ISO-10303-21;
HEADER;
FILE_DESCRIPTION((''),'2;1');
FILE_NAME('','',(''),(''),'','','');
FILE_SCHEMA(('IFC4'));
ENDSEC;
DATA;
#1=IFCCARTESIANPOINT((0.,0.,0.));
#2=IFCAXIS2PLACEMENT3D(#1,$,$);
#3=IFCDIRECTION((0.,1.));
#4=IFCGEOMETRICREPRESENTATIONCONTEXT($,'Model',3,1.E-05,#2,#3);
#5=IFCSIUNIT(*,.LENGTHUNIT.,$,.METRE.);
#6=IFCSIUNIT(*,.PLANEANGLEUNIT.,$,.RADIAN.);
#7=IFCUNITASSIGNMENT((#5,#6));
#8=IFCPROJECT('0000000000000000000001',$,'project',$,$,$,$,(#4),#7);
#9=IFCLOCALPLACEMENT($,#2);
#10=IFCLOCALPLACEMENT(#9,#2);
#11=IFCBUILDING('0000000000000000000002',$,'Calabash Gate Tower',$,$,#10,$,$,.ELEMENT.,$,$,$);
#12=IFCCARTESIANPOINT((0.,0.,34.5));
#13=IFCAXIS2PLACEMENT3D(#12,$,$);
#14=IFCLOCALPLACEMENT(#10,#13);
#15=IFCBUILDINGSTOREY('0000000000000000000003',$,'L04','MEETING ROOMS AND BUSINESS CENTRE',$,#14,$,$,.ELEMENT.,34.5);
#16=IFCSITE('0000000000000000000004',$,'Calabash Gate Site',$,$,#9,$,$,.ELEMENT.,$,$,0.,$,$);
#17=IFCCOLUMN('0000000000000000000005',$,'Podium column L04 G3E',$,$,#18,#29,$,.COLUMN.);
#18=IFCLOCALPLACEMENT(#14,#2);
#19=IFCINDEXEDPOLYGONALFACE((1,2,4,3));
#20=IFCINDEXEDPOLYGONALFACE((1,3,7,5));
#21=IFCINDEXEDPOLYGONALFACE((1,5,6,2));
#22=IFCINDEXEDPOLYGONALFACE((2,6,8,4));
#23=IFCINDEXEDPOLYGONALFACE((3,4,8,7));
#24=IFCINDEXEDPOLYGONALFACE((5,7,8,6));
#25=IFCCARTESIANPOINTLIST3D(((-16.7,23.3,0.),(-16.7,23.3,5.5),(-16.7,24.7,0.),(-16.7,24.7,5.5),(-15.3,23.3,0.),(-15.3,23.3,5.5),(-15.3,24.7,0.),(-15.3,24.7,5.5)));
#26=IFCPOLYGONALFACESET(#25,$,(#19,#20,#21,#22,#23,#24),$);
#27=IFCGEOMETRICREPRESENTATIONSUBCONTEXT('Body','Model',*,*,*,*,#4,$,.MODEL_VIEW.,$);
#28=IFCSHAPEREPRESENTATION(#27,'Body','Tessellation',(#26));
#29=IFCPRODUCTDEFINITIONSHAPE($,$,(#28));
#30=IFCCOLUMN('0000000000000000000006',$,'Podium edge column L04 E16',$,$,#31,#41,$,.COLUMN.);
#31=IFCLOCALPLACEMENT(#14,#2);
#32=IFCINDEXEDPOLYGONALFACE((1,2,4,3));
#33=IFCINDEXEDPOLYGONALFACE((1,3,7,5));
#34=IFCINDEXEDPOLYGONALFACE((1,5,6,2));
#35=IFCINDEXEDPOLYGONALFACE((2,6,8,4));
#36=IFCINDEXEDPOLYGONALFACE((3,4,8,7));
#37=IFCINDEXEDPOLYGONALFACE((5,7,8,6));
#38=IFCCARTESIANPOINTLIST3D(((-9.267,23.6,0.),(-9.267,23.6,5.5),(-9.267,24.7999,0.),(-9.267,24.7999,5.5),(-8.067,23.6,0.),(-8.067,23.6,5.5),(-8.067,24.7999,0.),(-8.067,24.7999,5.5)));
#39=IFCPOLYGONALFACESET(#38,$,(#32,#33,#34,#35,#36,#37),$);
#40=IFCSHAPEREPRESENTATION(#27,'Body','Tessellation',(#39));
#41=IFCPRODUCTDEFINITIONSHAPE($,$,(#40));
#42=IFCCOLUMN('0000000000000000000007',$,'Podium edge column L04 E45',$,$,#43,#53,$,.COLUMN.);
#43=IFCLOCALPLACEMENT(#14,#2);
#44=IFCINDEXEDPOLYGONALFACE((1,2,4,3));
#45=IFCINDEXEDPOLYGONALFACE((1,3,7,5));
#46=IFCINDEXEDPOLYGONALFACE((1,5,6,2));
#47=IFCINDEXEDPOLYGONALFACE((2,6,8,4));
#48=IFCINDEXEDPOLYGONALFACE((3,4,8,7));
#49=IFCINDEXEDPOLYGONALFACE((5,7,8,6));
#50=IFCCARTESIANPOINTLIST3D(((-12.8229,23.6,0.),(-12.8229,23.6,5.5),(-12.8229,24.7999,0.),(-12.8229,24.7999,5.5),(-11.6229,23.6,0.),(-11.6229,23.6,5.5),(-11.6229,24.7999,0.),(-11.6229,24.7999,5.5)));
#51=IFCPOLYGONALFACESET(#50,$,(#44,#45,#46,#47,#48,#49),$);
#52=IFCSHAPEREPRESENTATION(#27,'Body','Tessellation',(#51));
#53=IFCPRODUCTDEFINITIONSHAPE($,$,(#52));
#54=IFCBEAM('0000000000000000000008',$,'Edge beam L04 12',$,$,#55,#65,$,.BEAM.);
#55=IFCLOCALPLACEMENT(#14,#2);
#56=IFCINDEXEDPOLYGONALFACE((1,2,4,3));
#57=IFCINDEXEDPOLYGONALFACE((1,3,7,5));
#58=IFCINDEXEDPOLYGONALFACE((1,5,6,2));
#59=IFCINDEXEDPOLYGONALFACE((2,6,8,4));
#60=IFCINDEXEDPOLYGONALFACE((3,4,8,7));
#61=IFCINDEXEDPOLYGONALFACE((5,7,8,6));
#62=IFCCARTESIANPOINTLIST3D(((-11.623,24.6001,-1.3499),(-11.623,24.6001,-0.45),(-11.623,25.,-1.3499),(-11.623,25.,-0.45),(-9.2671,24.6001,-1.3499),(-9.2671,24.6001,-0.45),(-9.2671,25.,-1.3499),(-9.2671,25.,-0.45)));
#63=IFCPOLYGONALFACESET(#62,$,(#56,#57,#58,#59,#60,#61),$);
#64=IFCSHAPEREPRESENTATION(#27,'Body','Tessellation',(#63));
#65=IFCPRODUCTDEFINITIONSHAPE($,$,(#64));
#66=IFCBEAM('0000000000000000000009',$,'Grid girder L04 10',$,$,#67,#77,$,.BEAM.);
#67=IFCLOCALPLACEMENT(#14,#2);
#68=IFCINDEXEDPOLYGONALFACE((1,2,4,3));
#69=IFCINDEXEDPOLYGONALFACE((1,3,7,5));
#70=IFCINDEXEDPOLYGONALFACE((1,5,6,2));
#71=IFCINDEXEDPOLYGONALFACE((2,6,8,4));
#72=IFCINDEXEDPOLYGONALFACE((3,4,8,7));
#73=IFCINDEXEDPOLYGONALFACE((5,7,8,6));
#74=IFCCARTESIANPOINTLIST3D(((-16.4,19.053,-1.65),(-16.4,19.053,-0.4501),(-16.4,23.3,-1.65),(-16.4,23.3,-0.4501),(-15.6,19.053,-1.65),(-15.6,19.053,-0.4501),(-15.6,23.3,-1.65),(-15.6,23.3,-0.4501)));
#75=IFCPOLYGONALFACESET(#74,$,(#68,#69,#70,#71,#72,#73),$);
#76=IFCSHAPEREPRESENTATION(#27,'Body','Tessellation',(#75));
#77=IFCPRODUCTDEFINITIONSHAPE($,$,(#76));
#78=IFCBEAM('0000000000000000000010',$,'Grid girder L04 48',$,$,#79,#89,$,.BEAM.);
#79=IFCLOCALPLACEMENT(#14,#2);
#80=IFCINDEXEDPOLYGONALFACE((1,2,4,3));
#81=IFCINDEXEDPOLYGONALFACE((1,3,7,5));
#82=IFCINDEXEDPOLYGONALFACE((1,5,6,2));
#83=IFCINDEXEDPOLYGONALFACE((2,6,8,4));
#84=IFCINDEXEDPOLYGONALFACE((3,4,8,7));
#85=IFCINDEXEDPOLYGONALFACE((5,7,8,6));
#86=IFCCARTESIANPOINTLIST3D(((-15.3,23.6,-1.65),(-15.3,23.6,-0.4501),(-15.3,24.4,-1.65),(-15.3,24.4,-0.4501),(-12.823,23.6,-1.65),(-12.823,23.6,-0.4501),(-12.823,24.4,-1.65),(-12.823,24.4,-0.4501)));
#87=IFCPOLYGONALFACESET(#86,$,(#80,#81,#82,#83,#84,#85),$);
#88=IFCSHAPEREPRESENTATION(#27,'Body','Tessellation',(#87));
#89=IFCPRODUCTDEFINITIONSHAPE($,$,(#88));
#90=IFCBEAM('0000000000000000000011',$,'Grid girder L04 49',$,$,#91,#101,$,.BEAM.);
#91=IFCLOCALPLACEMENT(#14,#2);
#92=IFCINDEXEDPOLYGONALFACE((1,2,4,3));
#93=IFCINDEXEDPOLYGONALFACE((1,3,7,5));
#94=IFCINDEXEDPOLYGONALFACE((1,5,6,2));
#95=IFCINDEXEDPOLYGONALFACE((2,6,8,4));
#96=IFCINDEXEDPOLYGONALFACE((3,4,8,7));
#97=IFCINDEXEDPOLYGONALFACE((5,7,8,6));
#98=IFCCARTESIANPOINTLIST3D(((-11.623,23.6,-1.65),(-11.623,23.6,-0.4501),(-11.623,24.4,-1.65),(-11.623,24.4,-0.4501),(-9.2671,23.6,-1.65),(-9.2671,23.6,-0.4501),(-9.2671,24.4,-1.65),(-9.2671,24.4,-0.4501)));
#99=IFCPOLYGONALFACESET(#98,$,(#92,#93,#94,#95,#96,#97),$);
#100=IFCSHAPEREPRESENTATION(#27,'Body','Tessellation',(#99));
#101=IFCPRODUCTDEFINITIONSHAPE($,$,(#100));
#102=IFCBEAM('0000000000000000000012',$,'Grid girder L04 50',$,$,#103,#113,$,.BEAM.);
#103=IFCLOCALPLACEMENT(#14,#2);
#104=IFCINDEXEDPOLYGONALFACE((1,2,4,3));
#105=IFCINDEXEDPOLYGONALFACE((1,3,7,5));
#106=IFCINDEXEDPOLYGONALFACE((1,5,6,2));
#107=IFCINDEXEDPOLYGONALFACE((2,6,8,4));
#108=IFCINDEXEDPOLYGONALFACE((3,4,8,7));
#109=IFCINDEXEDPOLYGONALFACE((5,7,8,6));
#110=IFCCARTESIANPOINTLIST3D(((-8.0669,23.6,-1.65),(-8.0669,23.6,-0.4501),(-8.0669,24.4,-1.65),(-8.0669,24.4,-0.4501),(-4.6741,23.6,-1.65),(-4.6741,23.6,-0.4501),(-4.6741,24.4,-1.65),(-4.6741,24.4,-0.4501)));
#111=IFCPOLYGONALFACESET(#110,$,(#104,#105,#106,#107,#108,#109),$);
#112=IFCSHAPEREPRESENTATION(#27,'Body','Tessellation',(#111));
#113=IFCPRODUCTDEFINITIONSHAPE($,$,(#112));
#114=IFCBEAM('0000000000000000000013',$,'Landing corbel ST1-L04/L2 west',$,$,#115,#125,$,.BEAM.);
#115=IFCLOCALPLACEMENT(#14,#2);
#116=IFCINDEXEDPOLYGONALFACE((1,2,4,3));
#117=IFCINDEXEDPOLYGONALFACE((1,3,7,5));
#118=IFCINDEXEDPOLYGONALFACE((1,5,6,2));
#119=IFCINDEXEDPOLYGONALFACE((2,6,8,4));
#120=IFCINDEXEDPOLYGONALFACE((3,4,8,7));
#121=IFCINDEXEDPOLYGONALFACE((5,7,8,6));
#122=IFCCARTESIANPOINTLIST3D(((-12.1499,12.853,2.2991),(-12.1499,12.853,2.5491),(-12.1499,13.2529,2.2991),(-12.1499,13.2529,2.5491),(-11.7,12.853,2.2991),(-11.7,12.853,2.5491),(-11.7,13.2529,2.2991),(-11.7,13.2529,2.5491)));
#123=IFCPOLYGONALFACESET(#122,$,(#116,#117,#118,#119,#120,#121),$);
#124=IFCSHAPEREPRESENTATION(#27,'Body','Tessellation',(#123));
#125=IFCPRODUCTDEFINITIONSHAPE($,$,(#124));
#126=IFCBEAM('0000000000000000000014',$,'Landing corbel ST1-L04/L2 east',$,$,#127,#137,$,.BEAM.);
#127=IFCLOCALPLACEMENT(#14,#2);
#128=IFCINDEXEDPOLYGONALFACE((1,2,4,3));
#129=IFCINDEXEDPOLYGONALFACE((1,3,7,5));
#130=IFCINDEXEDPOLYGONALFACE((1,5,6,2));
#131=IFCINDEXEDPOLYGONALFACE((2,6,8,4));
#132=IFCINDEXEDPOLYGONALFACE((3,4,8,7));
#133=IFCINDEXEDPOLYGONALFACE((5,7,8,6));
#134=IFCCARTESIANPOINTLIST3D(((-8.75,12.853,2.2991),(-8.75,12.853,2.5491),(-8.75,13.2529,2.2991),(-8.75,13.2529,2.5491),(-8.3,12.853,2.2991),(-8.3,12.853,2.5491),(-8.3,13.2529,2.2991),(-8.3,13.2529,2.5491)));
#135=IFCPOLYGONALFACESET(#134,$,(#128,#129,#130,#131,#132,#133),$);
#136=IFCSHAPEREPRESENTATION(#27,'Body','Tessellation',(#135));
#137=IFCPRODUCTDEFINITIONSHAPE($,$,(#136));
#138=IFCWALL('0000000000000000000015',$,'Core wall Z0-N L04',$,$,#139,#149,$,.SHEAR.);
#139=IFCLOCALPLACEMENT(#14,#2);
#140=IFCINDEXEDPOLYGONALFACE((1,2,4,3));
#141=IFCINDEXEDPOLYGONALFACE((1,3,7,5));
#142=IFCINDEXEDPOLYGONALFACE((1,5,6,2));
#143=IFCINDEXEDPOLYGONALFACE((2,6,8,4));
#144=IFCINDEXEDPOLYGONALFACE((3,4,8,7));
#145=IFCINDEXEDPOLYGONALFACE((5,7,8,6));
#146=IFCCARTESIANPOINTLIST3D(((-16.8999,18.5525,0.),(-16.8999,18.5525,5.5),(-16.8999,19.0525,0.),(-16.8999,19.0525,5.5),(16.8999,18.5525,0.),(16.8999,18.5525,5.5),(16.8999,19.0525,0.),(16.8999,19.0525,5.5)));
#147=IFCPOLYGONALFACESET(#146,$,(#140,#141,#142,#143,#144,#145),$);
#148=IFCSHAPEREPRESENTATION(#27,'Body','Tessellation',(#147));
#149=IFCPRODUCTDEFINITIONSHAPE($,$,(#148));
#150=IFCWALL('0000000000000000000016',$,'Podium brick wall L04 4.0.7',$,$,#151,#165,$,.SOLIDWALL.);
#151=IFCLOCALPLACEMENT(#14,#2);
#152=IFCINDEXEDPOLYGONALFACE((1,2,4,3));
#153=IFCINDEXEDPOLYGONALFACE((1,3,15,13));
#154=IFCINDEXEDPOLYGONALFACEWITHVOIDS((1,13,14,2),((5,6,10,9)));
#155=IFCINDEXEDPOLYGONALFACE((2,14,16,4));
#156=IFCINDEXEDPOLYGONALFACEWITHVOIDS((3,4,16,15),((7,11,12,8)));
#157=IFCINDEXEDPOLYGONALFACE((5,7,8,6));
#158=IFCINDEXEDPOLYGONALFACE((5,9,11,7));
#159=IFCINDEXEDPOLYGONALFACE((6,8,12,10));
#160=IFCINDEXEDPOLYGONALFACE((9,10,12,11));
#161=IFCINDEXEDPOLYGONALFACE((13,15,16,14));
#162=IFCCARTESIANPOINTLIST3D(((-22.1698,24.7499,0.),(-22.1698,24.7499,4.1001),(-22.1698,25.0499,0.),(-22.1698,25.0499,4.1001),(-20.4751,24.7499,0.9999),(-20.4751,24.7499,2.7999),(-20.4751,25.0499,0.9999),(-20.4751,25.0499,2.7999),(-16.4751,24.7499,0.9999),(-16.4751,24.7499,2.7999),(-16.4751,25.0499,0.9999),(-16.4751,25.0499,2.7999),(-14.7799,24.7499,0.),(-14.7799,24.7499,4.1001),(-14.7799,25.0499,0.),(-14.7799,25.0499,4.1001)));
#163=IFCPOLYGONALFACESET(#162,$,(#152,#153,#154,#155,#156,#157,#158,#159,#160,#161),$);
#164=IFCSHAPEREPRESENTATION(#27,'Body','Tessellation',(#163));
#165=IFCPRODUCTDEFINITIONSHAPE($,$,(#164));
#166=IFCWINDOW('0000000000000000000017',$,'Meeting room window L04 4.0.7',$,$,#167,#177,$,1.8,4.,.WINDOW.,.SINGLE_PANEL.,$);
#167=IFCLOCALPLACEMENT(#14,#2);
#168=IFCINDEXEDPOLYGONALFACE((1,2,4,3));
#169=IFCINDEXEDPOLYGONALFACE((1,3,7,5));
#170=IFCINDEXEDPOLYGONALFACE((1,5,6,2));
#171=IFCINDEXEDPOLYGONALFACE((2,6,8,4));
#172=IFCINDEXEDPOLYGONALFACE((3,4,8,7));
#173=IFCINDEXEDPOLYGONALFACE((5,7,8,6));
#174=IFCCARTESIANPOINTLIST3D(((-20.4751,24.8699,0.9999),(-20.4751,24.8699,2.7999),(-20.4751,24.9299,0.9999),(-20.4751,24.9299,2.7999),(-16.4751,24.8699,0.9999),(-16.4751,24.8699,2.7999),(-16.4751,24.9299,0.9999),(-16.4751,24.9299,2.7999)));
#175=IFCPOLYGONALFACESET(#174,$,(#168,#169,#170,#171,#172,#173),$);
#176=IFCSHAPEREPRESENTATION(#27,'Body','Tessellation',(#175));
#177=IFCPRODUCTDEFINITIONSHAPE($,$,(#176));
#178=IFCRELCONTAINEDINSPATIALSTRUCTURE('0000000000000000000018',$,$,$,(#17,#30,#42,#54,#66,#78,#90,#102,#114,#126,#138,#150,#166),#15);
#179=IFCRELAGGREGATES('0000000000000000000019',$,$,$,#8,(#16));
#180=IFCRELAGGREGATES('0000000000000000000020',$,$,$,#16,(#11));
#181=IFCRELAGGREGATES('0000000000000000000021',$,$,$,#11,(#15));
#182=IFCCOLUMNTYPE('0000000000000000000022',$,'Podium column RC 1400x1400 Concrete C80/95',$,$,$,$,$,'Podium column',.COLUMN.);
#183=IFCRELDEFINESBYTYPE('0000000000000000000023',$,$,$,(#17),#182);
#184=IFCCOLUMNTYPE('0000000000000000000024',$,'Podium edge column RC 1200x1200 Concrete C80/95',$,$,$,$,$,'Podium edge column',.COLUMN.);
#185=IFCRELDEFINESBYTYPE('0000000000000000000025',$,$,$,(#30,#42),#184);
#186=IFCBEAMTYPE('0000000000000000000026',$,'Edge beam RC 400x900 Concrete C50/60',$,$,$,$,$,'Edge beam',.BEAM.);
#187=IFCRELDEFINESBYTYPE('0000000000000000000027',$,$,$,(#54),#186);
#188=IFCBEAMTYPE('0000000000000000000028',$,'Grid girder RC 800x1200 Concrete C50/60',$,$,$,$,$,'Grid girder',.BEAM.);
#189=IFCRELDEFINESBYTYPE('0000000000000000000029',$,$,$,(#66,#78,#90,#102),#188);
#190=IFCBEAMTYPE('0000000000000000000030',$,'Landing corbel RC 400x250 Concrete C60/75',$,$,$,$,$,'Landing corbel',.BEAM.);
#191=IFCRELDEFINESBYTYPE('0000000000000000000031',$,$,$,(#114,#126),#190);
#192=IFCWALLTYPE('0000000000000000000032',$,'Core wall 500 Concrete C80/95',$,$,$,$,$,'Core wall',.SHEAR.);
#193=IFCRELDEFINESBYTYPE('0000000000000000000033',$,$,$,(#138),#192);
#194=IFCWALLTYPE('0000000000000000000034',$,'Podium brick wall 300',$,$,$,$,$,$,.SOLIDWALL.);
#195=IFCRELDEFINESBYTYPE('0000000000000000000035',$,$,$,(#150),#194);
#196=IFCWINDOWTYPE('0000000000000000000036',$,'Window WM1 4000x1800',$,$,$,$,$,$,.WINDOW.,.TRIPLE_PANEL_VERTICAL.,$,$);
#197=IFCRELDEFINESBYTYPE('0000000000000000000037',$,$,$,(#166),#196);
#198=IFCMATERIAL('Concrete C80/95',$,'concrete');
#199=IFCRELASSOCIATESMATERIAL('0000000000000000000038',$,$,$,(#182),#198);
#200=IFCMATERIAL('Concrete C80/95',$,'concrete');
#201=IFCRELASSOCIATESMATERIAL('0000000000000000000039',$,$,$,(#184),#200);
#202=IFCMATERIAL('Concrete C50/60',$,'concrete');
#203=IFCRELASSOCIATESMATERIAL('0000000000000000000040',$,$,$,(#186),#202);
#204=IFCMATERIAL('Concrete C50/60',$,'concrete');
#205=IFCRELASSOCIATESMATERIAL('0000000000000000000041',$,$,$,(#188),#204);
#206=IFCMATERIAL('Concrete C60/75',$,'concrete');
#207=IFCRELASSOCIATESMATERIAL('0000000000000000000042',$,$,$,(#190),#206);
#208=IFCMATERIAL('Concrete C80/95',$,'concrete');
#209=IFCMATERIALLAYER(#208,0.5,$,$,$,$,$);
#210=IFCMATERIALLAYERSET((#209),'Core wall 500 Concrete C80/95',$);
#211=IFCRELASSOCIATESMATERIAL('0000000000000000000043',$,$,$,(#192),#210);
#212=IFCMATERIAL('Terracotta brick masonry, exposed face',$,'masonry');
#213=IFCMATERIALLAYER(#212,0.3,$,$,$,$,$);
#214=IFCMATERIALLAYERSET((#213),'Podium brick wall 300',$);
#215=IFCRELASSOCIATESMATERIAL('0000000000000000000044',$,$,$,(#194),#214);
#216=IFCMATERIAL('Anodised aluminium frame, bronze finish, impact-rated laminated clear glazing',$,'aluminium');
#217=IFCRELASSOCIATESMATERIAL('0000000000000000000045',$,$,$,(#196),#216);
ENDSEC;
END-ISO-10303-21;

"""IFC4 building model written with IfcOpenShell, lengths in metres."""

from ifc_helpers import new_model, si_unit, direction, frame, frame_2d, origin, origin_2d, place, context, subcontext, project, spatial, rectangle, extrude, material, layer, layer_set, material_profile, profile_set, type_object, element, fill, save


model = new_model("IFC4")

# Units and contexts
model_context = context("Model", 3, precision=1e-05, world=origin(), true_north=direction((0.0, 1.0)))
body_context = subcontext(model_context, "Body", "Model", "MODEL_VIEW")
ifc_project = project(units=[si_unit("LENGTHUNIT", "METRE"), si_unit("PLANEANGLEUNIT", "RADIAN")], contexts=[model_context])

# Site, building, storey
site_placement = place(None, origin())
site = spatial("IfcSite", under=ifc_project, at=site_placement, Name="Calabash Gate Site", CompositionType="ELEMENT", RefElevation=0.0)
building_placement = place(site_placement, origin())
building = spatial("IfcBuilding", under=site, at=building_placement, Name="Calabash Gate Tower", CompositionType="ELEMENT")
storey_placement = place(building_placement, frame((0.0, 0.0, 34.5)))
storey = spatial("IfcBuildingStorey", under=building, at=storey_placement, Name="L04", Description="MEETING ROOMS AND BUSINESS CENTRE", CompositionType="ELEMENT", Elevation=34.5)

# Columns
ifc_material_1 = material(Name="Concrete C80/95", Category="concrete")
ifc_material_profile_1 = material_profile(ifc_material_1, rectangle(XDim=1.3999, YDim=1.3999, at=origin_2d()))
ifc_profile_set_1 = profile_set([ifc_material_profile_1], Name="Concrete C80/95")
column_type_1 = type_object("IfcColumnType", Name="Podium column RC 1400x1400 Concrete C80/95", ElementType="Podium column", PredefinedType="COLUMN", material=ifc_profile_set_1)
column_placement = place(storey_placement, frame((-16.0, 24.0, 0.0), z_axis=(0.0, 0.0, 1.0), x_axis=(1.0, 0.0, 0.0)))
element("IfcColumn", 1, at=column_placement, inside=storey, type_object=column_type_1, Name="Podium column L04 G3E", PredefinedType="COLUMN", context=body_context, shape_type="SweptSolid", body=[
    extrude(rectangle(XDim=1.3999, YDim=1.3999, at=origin_2d()), origin(), (0.0, 0.0, 1.0), 5.5),
])
ifc_material_2 = material(Name="Concrete C80/95", Category="concrete")
ifc_material_profile_2 = material_profile(ifc_material_2, rectangle(XDim=1.2, YDim=1.2, at=origin_2d()))
ifc_profile_set_2 = profile_set([ifc_material_profile_2], Name="Concrete C80/95")
column_type_2 = type_object("IfcColumnType", Name="Podium edge column RC 1200x1200 Concrete C80/95", ElementType="Podium edge column", PredefinedType="COLUMN", material=ifc_profile_set_2)
for number, where, z_axis, x_axis, name in (
    (2, (-8.667, 24.2, 0.0), (0.0, 0.0, 1.0), (1.0, 0.0, 0.0), "Podium edge column L04 E16"),
    (3, (-12.2229, 24.2, 0.0), (0.0, 0.0, 1.0), (1.0, 0.0, 0.0), "Podium edge column L04 E45"),
):
    element("IfcColumn", number, at=place(storey_placement, frame(where, z_axis=z_axis, x_axis=x_axis)), inside=storey, type_object=column_type_2, Name=name, PredefinedType="COLUMN", context=body_context, shape_type="SweptSolid", body=[
        extrude(rectangle(XDim=1.2, YDim=1.2, at=origin_2d()), origin(), (0.0, 0.0, 1.0), 5.5),
    ])

# Beams
ifc_material_3 = material(Name="Concrete C50/60", Category="concrete")
ifc_material_profile_3 = material_profile(ifc_material_3, rectangle(XDim=0.3999, YDim=0.8999, at=origin_2d()))
ifc_profile_set_3 = profile_set([ifc_material_profile_3], Name="Concrete C50/60")
beam_type_1 = type_object("IfcBeamType", Name="Edge beam RC 400x900 Concrete C50/60", ElementType="Edge beam", PredefinedType="BEAM", material=ifc_profile_set_3)
beam_1_placement = place(storey_placement, frame((-11.623, 24.8, -0.8999), z_axis=(1.0, 0.0, 0.0), x_axis=(0.0, 1.0, 0.0)))
element("IfcBeam", 4, at=beam_1_placement, inside=storey, type_object=beam_type_1, Name="Edge beam L04 12", PredefinedType="BEAM", context=body_context, shape_type="SweptSolid", body=[
    extrude(rectangle(XDim=0.3999, YDim=0.8999, at=origin_2d()), origin(), (0.0, 0.0, 1.0), 2.356),
])
ifc_material_4 = material(Name="Concrete C50/60", Category="concrete")
ifc_material_profile_4 = material_profile(ifc_material_4, rectangle(XDim=0.8, YDim=1.2, at=origin_2d()))
ifc_profile_set_4 = profile_set([ifc_material_profile_4], Name="Concrete C50/60")
beam_type_2 = type_object("IfcBeamType", Name="Grid girder RC 800x1200 Concrete C50/60", ElementType="Grid girder", PredefinedType="BEAM", material=ifc_profile_set_4)
beam_2_placement = place(storey_placement, frame((-16.0, 19.053, -1.05), z_axis=(0.0, 1.0, 0.0), x_axis=(-1.0, 0.0, 0.0)))
element("IfcBeam", 5, at=beam_2_placement, inside=storey, type_object=beam_type_2, Name="Grid girder L04 10", PredefinedType="BEAM", context=body_context, shape_type="SweptSolid", body=[
    extrude(rectangle(XDim=0.8, YDim=1.2, at=origin_2d()), origin(), (0.0, 0.0, 1.0), 4.2471),
])
beam_3_placement = place(storey_placement, frame((-15.3, 24.0, -1.05), z_axis=(1.0, 0.0, 0.0), x_axis=(0.0, 1.0, 0.0)))
element("IfcBeam", 6, at=beam_3_placement, inside=storey, type_object=beam_type_2, Name="Grid girder L04 48", PredefinedType="BEAM", context=body_context, shape_type="SweptSolid", body=[
    extrude(rectangle(XDim=0.8, YDim=1.2, at=origin_2d()), origin(), (0.0, 0.0, 1.0), 2.4771),
])
beam_4_placement = place(storey_placement, frame((-11.623, 24.0, -1.05), z_axis=(1.0, 0.0, 0.0), x_axis=(0.0, 1.0, 0.0)))
element("IfcBeam", 7, at=beam_4_placement, inside=storey, type_object=beam_type_2, Name="Grid girder L04 49", PredefinedType="BEAM", context=body_context, shape_type="SweptSolid", body=[
    extrude(rectangle(XDim=0.8, YDim=1.2, at=origin_2d()), origin(), (0.0, 0.0, 1.0), 2.356),
])
beam_5_placement = place(storey_placement, frame((-8.0669, 24.0, -1.05), z_axis=(1.0, 0.0, 0.0), x_axis=(0.0, 1.0, 0.0)))
element("IfcBeam", 8, at=beam_5_placement, inside=storey, type_object=beam_type_2, Name="Grid girder L04 50", PredefinedType="BEAM", context=body_context, shape_type="SweptSolid", body=[
    extrude(rectangle(XDim=0.8, YDim=1.2, at=origin_2d()), origin(), (0.0, 0.0, 1.0), 3.3928),
])
ifc_material_5 = material(Name="Concrete C60/75", Category="concrete")
ifc_material_profile_5 = material_profile(ifc_material_5, rectangle(XDim=0.3999, YDim=0.25, at=origin_2d()))
ifc_profile_set_5 = profile_set([ifc_material_profile_5], Name="Concrete C60/75")
beam_type_3 = type_object("IfcBeamType", Name="Landing corbel RC 400x250 Concrete C60/75", ElementType="Landing corbel", PredefinedType="BEAM", material=ifc_profile_set_5)
for number, where, z_axis, x_axis, name in (
    (9, (-12.1499, 13.053, 2.4241), (1.0, 0.0, 0.0), (0.0, 1.0, 0.0), "Landing corbel ST1-L04/L2 west"),
    (10, (-8.3, 13.053, 2.4241), (-1.0, 0.0, 0.0), (0.0, -1.0, 0.0), "Landing corbel ST1-L04/L2 east"),
):
    element("IfcBeam", number, at=place(storey_placement, frame(where, z_axis=z_axis, x_axis=x_axis)), inside=storey, type_object=beam_type_3, Name=name, PredefinedType="BEAM", context=body_context, shape_type="SweptSolid", body=[
        extrude(rectangle(XDim=0.3999, YDim=0.25, at=origin_2d()), origin(), (0.0, 0.0, 1.0), 0.45),
    ])

# Wall
ifc_material_6 = material(Name="Concrete C80/95", Category="concrete")
ifc_layer_1 = layer(ifc_material_6, 0.5)
ifc_layer_set_1 = layer_set([ifc_layer_1], Name="Core wall 500 Concrete C80/95")
wall_type_1 = type_object("IfcWallType", Name="Core wall 500 Concrete C80/95", ElementType="Core wall", PredefinedType="SHEAR", material=ifc_layer_set_1)
wall_1_placement = place(storey_placement, frame((-16.8999, 18.8025, 0.0), z_axis=(0.0, 0.0, 1.0), x_axis=(1.0, 0.0, 0.0)))
element("IfcWall", 11, at=wall_1_placement, inside=storey, type_object=wall_type_1, Name="Core wall Z0-N L04", PredefinedType="SHEAR", context=body_context, shape_type="SweptSolid", body=[
    extrude(rectangle(XDim=33.7998, YDim=0.5, at=frame_2d((16.8999, 0.0))), origin(), (0.0, 0.0, 1.0), 5.5),
])

# Wall, opening, window
ifc_material_7 = material(Name="Terracotta brick masonry, exposed face", Category="masonry")
ifc_layer_2 = layer(ifc_material_7, 0.3)
ifc_layer_set_2 = layer_set([ifc_layer_2], Name="Podium brick wall 300")
wall_type_2 = type_object("IfcWallType", Name="Podium brick wall 300", PredefinedType="SOLIDWALL", material=ifc_layer_set_2)
wall_2_placement = place(storey_placement, frame((-14.78, 24.8999, 0.0), z_axis=(0.0, 0.0, 1.0), x_axis=(-1.0, 0.0, 0.0)))
wall_2 = element("IfcWall", 12, at=wall_2_placement, inside=storey, type_object=wall_type_2, Name="Podium brick wall L04 4.0.7", PredefinedType="SOLIDWALL", context=body_context, shape_type="SweptSolid", body=[
    extrude(rectangle(XDim=7.3899, YDim=0.3, at=frame_2d((3.6948, 0.0))), origin(), (0.0, 0.0, 1.0), 4.1001),
])
opening_placement = place(wall_2_placement, frame((1.6951, 0.0, 1.0)))
opening = element("IfcOpeningElement", 13, at=opening_placement, cuts=wall_2, PredefinedType="OPENING", context=body_context, shape_type="SweptSolid", body=[
    extrude(rectangle(XDim=4.0, YDim=1.8, at=frame_2d((2.0, 0.8999))), frame((0.0, 0.1599, 0.0), z_axis=(0.0, -1.0, 0.0), x_axis=(1.0, 0.0, 0.0)), (0.0, 0.0, 1.0), 0.3201),
])
ifc_material_8 = material(Name="Anodised aluminium frame, bronze finish, impact-rated laminated clear glazing", Category="aluminium")
window_type = type_object("IfcWindowType", Name="Window WM1 4000x1800", PartitioningType="TRIPLE_PANEL_VERTICAL", PredefinedType="WINDOW", material=ifc_material_8)
window_placement = place(opening_placement, origin())
window = element("IfcWindow", 14, at=window_placement, inside=storey, type_object=window_type, Name="Meeting room window L04 4.0.7", OverallHeight=1.8, OverallWidth=4.0, PartitioningType="SINGLE_PANEL", PredefinedType="WINDOW", context=body_context, shape_type="SweptSolid", body=[
    extrude(rectangle(XDim=4.0, YDim=1.8, at=frame_2d((2.0, 0.8999))), frame((0.0, 0.03, 0.0), z_axis=(0.0, -1.0, 0.0), x_axis=(1.0, 0.0, 0.0)), (0.0, 0.0, 1.0), 0.0601),
])
fill(opening, window)

save(model, "model.ifc")
